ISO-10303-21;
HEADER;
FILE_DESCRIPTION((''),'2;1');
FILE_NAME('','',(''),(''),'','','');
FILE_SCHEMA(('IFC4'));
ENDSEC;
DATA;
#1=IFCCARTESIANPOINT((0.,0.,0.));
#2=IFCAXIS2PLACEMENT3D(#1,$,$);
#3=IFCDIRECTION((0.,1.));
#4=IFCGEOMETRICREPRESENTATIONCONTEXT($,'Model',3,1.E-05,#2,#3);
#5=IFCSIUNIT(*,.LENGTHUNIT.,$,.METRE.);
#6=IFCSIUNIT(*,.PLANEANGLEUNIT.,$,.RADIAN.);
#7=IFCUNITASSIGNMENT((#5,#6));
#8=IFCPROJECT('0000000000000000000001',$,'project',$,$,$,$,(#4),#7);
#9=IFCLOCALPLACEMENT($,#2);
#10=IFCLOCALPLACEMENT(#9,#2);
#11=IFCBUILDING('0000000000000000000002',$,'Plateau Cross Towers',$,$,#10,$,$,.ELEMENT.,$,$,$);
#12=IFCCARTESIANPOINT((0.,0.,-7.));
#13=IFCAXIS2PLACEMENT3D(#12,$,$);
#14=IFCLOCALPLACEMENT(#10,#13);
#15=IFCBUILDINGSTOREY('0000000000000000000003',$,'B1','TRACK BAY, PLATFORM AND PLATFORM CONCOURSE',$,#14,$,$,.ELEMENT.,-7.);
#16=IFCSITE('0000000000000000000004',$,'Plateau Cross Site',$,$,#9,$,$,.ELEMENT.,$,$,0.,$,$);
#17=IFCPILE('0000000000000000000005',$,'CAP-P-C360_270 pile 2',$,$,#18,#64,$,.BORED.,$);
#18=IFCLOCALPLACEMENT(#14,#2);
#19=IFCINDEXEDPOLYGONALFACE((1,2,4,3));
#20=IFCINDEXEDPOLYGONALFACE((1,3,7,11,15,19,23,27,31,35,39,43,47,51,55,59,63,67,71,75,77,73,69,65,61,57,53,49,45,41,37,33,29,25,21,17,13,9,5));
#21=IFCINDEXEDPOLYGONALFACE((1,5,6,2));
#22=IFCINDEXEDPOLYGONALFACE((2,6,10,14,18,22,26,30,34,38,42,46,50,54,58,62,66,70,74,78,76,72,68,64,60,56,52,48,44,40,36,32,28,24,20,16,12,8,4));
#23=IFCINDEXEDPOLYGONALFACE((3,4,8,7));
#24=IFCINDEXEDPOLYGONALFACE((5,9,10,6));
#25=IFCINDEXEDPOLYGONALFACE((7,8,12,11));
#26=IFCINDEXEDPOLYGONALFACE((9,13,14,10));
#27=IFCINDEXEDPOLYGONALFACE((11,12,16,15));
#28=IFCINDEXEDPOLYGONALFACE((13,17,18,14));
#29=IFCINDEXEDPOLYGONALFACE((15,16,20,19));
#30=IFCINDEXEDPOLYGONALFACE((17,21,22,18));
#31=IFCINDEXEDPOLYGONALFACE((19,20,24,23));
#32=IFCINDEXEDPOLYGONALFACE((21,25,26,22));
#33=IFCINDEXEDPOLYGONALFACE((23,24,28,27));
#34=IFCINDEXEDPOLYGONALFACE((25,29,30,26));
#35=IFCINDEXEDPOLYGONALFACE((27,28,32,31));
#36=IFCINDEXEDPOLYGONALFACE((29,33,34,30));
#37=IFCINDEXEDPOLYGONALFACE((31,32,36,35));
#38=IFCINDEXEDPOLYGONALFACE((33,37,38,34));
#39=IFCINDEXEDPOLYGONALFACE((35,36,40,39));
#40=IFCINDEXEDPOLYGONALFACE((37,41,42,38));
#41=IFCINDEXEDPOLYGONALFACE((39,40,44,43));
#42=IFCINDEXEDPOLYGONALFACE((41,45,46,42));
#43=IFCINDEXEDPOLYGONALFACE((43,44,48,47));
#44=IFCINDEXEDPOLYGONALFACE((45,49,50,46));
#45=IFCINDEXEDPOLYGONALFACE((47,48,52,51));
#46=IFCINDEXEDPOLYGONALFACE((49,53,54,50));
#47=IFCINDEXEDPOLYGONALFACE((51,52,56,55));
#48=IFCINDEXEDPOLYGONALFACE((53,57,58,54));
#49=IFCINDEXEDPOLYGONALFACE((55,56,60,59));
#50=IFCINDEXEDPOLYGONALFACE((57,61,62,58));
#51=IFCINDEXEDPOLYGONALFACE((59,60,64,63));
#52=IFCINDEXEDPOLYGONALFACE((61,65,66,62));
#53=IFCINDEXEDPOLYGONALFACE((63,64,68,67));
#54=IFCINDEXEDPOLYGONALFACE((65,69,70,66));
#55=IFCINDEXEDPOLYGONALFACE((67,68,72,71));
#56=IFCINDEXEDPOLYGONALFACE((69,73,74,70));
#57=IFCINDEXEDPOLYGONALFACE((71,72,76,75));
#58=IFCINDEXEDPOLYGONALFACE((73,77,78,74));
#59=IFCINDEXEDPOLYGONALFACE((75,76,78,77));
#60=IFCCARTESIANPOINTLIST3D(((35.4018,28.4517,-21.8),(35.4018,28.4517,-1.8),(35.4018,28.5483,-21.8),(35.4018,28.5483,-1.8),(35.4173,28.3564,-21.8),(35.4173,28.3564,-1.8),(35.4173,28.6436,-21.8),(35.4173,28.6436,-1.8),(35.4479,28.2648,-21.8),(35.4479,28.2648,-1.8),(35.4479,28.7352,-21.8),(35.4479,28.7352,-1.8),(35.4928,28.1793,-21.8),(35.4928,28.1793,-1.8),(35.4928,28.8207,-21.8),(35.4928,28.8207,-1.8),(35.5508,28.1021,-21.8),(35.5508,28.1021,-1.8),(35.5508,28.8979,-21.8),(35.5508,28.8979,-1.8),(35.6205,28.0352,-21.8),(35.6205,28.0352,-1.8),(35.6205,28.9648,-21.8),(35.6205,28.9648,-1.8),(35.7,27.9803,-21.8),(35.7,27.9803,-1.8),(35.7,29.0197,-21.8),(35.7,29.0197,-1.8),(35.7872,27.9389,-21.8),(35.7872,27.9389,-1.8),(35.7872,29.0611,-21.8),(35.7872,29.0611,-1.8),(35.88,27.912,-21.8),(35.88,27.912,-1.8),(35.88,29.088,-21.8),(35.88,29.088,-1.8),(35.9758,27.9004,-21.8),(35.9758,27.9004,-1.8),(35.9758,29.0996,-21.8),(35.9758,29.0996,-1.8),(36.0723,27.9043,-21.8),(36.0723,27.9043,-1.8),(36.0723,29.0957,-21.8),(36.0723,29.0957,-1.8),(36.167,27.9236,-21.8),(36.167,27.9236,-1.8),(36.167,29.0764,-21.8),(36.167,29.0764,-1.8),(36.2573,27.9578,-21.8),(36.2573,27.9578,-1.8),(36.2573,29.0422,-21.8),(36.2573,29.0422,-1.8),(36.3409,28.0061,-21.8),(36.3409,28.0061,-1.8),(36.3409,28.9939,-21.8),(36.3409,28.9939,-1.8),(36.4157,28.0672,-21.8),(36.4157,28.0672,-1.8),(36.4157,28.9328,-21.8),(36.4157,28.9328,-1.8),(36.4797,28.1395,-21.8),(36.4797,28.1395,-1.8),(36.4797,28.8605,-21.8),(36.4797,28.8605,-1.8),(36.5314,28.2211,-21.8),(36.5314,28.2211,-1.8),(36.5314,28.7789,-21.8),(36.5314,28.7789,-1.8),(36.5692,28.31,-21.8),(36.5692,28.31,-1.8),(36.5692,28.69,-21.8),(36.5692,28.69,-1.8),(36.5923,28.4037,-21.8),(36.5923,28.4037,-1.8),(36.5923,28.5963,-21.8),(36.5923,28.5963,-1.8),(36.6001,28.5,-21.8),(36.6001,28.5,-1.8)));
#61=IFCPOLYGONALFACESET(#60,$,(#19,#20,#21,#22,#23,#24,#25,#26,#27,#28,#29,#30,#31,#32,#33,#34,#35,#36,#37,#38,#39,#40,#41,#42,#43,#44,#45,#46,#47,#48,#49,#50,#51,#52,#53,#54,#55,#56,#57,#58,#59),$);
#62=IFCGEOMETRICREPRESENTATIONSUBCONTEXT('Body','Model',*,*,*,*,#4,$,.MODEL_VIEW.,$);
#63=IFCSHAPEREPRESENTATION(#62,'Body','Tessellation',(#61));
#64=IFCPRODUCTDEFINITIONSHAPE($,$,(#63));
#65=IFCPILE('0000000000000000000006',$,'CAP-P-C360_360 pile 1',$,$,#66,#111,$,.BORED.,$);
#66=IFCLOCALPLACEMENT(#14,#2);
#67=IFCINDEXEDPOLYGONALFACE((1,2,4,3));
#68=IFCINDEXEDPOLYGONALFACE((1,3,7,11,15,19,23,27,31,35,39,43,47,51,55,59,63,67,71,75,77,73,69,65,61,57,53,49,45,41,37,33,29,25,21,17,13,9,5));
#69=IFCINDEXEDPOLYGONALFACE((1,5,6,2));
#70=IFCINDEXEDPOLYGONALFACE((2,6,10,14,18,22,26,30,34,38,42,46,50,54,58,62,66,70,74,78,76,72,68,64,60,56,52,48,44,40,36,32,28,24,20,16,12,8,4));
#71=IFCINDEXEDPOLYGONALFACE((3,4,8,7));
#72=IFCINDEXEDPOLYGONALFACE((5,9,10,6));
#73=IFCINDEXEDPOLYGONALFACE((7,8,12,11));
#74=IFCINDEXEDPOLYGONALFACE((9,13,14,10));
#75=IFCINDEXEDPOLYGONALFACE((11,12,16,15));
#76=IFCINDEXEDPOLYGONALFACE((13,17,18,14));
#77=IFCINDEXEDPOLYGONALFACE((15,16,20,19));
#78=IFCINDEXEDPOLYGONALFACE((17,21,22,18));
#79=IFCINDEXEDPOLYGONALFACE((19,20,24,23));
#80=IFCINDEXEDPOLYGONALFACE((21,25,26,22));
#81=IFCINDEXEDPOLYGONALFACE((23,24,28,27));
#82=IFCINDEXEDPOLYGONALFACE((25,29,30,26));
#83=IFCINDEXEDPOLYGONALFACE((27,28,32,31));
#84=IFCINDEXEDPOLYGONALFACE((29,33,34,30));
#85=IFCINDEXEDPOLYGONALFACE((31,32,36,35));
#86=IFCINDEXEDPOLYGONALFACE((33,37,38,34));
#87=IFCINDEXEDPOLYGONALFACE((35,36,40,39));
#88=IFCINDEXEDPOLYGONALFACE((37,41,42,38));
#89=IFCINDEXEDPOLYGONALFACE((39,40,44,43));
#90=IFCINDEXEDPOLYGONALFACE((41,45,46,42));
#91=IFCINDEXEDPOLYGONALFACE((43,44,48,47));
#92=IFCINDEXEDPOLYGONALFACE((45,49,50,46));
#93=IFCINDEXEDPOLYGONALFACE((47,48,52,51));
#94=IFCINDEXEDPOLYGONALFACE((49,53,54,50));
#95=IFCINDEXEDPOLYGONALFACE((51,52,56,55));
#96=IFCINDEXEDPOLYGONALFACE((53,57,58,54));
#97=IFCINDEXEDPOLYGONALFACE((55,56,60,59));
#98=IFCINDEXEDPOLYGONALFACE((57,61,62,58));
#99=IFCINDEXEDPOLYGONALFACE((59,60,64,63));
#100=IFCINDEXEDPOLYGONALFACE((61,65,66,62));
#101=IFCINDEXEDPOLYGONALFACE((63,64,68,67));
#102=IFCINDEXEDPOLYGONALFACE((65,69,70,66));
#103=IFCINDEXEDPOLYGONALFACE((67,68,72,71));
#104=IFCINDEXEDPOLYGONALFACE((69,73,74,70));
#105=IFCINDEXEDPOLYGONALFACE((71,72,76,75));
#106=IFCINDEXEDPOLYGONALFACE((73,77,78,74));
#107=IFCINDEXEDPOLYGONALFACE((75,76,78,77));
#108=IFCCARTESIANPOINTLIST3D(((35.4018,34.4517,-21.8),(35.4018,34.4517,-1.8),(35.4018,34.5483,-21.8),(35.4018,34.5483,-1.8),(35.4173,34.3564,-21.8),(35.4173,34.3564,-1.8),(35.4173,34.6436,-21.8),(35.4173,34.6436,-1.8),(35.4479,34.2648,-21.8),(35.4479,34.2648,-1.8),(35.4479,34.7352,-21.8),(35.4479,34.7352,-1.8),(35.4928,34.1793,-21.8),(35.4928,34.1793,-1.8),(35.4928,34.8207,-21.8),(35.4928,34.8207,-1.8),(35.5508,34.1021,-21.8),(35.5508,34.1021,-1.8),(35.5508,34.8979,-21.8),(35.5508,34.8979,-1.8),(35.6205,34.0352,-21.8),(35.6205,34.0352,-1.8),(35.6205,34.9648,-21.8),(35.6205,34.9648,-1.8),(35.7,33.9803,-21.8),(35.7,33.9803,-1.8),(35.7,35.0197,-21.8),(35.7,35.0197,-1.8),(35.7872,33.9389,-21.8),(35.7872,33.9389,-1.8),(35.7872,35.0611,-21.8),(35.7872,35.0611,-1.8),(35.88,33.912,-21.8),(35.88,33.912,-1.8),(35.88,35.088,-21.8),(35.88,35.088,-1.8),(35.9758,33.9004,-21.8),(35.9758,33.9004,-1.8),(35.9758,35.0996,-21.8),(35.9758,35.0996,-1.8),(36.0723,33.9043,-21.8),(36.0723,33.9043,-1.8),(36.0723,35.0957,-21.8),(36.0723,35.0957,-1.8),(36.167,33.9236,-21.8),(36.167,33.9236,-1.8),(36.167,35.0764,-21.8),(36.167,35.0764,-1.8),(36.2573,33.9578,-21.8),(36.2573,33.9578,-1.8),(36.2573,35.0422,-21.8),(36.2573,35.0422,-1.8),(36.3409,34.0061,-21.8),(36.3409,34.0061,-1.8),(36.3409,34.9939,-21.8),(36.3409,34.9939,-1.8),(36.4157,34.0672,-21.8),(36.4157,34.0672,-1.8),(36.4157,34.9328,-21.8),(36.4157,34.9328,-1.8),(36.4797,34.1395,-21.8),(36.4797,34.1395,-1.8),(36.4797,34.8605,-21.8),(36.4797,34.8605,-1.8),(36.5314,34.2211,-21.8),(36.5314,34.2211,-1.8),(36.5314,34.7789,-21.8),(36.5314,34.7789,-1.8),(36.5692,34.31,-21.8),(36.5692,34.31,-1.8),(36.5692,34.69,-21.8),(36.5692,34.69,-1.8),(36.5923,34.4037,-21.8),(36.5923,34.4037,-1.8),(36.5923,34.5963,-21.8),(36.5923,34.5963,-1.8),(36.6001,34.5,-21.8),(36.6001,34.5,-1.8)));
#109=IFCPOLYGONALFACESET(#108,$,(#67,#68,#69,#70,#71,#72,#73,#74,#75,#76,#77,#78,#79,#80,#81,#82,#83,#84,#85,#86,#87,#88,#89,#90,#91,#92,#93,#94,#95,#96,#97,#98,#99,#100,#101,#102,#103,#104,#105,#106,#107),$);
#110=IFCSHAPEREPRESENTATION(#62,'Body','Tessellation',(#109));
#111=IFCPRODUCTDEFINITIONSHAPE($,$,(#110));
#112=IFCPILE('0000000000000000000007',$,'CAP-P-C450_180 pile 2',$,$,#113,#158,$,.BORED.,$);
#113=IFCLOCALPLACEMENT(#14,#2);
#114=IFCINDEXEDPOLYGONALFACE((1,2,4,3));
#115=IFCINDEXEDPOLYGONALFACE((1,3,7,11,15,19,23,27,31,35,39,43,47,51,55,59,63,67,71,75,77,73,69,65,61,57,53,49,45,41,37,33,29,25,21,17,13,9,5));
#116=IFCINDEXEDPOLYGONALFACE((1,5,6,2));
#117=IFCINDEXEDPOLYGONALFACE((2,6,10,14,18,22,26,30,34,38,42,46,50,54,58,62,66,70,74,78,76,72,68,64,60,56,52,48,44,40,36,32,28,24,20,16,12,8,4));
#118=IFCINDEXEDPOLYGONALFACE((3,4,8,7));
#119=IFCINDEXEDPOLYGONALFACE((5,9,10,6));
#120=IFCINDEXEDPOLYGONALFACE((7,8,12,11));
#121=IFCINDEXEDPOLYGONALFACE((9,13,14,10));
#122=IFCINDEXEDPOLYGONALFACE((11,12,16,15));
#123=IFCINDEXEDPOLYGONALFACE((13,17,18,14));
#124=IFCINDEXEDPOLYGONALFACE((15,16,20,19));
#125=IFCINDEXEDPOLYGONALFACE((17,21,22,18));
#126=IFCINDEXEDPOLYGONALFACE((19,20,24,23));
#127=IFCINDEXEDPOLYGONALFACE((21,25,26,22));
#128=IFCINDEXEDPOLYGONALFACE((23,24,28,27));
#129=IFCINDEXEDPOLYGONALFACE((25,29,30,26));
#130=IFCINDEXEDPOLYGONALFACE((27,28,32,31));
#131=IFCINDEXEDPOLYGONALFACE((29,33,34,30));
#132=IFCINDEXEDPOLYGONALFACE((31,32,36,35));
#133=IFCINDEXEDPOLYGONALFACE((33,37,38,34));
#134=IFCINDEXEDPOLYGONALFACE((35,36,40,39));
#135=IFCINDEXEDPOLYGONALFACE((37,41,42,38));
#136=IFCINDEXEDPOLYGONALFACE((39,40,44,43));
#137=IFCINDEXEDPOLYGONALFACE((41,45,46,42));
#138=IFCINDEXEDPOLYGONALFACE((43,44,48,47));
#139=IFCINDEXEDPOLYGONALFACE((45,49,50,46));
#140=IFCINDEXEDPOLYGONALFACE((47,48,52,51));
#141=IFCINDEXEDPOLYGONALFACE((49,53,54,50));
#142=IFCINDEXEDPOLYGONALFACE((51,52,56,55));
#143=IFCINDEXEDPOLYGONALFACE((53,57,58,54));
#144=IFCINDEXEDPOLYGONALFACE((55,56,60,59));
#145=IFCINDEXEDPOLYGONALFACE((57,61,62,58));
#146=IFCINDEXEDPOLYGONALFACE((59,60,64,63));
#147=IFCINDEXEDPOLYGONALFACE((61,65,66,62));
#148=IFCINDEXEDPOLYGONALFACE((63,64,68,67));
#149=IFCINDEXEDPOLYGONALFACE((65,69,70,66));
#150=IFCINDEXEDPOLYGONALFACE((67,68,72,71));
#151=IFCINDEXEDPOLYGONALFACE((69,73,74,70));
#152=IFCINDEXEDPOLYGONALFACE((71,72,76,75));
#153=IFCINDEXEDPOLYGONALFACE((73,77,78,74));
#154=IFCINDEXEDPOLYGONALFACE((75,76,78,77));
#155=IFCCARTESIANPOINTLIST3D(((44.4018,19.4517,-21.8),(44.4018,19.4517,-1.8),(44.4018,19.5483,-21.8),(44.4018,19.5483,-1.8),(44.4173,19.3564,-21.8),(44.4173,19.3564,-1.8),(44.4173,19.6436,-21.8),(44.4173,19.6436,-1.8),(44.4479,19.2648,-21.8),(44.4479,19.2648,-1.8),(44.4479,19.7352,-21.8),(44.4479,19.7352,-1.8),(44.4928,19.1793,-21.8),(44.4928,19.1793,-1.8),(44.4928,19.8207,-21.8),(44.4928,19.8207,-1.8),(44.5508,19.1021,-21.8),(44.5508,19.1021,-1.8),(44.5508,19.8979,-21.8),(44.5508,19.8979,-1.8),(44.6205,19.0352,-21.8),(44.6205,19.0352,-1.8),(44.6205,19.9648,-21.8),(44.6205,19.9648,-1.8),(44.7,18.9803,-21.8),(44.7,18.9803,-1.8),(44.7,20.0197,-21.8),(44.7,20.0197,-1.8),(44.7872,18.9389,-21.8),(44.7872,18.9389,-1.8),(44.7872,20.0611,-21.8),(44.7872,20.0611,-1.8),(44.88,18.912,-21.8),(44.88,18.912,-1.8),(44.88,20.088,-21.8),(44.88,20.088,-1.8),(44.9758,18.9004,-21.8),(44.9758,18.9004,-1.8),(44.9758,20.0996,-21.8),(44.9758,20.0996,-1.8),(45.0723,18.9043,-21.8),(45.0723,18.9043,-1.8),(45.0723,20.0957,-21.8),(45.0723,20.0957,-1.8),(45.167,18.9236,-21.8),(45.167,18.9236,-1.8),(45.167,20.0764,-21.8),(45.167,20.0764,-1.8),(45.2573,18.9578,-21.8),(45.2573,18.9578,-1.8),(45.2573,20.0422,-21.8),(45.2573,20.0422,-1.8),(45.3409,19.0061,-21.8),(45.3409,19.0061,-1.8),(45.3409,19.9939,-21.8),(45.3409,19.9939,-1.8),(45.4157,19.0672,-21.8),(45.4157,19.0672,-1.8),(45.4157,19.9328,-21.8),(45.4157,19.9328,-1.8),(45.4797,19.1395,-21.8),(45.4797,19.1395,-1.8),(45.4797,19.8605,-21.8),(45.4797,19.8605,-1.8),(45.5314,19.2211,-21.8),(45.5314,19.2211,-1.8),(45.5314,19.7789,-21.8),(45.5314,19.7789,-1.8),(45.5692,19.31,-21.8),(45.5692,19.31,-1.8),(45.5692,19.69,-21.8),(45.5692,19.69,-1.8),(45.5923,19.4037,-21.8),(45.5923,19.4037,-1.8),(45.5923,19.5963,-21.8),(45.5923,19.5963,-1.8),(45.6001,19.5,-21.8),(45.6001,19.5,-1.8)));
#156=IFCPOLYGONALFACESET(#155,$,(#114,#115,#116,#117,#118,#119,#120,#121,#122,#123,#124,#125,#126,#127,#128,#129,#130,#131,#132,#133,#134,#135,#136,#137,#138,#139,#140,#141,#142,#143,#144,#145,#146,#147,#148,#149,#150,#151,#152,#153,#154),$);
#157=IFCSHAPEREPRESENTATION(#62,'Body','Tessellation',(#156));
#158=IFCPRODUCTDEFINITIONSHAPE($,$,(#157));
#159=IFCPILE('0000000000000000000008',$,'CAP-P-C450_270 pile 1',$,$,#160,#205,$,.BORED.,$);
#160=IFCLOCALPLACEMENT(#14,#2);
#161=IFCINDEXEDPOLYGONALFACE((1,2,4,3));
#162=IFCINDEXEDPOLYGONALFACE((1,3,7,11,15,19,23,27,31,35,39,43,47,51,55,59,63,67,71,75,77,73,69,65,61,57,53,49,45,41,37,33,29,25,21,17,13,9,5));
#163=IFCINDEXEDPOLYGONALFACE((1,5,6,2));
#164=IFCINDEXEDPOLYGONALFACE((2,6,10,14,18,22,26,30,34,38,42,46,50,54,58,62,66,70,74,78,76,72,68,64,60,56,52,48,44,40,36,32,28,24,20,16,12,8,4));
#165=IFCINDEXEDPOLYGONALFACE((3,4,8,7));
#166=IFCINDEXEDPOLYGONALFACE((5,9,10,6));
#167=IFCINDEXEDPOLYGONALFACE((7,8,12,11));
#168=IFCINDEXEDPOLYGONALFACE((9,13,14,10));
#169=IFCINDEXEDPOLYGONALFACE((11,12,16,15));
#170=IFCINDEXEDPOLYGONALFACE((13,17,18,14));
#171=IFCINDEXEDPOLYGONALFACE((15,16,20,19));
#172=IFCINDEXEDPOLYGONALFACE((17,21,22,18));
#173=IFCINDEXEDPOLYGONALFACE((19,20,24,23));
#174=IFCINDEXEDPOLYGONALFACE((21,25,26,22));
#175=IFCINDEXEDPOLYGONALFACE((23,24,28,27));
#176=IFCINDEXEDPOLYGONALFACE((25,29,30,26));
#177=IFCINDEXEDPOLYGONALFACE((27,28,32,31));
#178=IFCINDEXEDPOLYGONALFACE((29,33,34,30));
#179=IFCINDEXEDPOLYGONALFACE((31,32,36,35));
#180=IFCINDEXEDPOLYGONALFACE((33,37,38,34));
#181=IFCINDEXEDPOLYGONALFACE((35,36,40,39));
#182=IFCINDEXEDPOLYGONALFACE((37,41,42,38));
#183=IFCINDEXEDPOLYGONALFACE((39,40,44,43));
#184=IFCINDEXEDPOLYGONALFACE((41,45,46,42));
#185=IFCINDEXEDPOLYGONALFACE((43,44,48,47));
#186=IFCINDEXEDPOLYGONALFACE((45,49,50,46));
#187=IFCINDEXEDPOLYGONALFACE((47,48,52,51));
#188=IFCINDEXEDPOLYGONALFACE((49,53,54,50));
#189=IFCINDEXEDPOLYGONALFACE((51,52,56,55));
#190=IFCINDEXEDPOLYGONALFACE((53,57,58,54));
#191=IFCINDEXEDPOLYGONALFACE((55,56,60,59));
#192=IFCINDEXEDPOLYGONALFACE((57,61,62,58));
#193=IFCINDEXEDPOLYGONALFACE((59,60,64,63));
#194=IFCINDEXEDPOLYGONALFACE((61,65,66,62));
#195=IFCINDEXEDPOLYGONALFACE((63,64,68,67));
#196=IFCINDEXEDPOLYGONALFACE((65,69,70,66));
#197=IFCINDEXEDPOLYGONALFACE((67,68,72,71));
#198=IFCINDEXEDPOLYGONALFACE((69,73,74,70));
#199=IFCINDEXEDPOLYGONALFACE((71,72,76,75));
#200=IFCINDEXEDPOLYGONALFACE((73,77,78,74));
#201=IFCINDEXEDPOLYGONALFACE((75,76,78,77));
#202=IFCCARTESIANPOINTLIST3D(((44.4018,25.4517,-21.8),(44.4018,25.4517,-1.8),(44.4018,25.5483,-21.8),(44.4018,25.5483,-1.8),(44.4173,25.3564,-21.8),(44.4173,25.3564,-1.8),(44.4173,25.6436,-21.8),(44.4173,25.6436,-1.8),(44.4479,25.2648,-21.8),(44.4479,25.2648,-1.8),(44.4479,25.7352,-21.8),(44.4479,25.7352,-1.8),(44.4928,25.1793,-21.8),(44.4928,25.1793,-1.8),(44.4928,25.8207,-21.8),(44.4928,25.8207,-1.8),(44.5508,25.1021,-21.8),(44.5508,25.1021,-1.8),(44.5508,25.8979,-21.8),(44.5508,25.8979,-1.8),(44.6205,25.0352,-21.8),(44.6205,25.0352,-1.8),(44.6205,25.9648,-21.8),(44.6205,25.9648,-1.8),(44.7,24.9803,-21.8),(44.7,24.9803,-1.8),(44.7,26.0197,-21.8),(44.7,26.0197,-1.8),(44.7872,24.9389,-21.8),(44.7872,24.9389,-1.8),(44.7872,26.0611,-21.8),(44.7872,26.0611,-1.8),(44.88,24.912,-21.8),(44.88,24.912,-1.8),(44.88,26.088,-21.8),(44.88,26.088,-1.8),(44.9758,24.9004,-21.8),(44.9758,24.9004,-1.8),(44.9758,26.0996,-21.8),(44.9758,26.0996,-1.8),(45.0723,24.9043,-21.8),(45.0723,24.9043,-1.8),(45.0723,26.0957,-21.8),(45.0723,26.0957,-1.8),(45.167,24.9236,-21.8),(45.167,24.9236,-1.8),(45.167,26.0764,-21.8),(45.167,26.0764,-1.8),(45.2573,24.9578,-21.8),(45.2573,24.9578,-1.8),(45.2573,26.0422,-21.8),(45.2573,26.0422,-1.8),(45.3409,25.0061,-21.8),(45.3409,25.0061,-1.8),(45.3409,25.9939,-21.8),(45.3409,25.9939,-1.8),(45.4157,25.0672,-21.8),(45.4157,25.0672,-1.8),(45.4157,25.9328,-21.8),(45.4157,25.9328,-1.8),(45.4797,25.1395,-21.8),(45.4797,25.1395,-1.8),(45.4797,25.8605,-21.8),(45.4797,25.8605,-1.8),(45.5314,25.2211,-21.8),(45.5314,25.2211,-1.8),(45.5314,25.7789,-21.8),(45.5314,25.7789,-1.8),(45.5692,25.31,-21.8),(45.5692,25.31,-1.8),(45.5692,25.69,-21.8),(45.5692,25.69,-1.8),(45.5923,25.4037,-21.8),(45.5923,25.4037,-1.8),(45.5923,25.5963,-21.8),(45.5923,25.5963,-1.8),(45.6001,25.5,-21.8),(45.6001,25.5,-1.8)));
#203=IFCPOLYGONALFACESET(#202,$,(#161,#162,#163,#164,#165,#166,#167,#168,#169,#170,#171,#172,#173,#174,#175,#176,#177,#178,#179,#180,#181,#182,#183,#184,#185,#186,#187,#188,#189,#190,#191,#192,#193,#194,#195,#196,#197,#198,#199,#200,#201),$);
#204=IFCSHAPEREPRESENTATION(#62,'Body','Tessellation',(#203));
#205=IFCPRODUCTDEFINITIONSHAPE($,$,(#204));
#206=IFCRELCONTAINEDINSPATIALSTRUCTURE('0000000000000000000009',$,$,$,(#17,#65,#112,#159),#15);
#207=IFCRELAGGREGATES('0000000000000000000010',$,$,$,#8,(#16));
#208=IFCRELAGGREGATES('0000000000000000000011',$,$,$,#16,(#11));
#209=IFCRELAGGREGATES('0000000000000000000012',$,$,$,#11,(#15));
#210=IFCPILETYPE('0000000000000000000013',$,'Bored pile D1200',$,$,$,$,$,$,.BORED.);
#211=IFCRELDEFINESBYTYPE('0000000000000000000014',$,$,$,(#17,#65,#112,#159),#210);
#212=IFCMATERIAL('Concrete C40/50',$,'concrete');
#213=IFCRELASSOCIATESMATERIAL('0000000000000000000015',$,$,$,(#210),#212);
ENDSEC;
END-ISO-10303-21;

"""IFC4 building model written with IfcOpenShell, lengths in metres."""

from ifc_helpers import new_model, si_unit, direction, frame, origin, origin_2d, place, context, subcontext, project, spatial, circle, extrude, material, material_profile, profile_set, type_object, element, save


model = new_model("IFC4")

# Units and contexts
model_context = context("Model", 3, precision=1e-05, world=origin(), true_north=direction((0.0, 1.0)))
body_context = subcontext(model_context, "Body", "Model", "MODEL_VIEW")
ifc_project = project(units=[si_unit("LENGTHUNIT", "METRE"), si_unit("PLANEANGLEUNIT", "RADIAN")], contexts=[model_context])

# Site, building, storey
site_placement = place(None, origin())
site = spatial("IfcSite", under=ifc_project, at=site_placement, Name="Plateau Cross Site", CompositionType="ELEMENT", RefElevation=0.0)
building_placement = place(site_placement, origin())
building = spatial("IfcBuilding", under=site, at=building_placement, Name="Plateau Cross Towers", CompositionType="ELEMENT")
storey_placement = place(building_placement, frame((0.0, 0.0, -7.0)))
storey = spatial("IfcBuildingStorey", under=building, at=storey_placement, Name="B1", Description="TRACK BAY, PLATFORM AND PLATFORM CONCOURSE", CompositionType="ELEMENT", Elevation=-7.0)

# Piles
ifc_material_1 = material(Name="Concrete C40/50", Category="concrete")
ifc_material_profile_1 = material_profile(ifc_material_1, circle(Radius=0.6001, at=origin_2d()), Name="Bored pile D1200")
ifc_profile_set_1 = profile_set([ifc_material_profile_1], Name="Concrete C40/50")
pile_type = type_object("IfcPileType", Name="Bored pile D1200", PredefinedType="BORED", material=ifc_profile_set_1)
for number, where, z_axis, x_axis, name in (
    (1, (36.0, 28.5, -1.8), (0.0, 0.0, -1.0), (1.0, 0.0, 0.0), "CAP-P-C360_270 pile 2"),
    (2, (36.0, 34.5, -1.8), (0.0, 0.0, -1.0), (1.0, 0.0, 0.0), "CAP-P-C360_360 pile 1"),
    (3, (45.0, 19.5, -1.8), (0.0, 0.0, -1.0), (1.0, 0.0, 0.0), "CAP-P-C450_180 pile 2"),
    (4, (45.0, 25.5, -1.8), (0.0, 0.0, -1.0), (1.0, 0.0, 0.0), "CAP-P-C450_270 pile 1"),
):
    element("IfcPile", number, at=place(storey_placement, frame(where, z_axis=z_axis, x_axis=x_axis)), inside=storey, type_object=pile_type, Name=name, PredefinedType="BORED", context=body_context, shape_type="SweptSolid", body=[
        extrude(circle(Radius=0.6001, at=origin_2d()), origin(), (0.0, 0.0, 1.0), 20.0),
    ])

save(model, "model.ifc")
